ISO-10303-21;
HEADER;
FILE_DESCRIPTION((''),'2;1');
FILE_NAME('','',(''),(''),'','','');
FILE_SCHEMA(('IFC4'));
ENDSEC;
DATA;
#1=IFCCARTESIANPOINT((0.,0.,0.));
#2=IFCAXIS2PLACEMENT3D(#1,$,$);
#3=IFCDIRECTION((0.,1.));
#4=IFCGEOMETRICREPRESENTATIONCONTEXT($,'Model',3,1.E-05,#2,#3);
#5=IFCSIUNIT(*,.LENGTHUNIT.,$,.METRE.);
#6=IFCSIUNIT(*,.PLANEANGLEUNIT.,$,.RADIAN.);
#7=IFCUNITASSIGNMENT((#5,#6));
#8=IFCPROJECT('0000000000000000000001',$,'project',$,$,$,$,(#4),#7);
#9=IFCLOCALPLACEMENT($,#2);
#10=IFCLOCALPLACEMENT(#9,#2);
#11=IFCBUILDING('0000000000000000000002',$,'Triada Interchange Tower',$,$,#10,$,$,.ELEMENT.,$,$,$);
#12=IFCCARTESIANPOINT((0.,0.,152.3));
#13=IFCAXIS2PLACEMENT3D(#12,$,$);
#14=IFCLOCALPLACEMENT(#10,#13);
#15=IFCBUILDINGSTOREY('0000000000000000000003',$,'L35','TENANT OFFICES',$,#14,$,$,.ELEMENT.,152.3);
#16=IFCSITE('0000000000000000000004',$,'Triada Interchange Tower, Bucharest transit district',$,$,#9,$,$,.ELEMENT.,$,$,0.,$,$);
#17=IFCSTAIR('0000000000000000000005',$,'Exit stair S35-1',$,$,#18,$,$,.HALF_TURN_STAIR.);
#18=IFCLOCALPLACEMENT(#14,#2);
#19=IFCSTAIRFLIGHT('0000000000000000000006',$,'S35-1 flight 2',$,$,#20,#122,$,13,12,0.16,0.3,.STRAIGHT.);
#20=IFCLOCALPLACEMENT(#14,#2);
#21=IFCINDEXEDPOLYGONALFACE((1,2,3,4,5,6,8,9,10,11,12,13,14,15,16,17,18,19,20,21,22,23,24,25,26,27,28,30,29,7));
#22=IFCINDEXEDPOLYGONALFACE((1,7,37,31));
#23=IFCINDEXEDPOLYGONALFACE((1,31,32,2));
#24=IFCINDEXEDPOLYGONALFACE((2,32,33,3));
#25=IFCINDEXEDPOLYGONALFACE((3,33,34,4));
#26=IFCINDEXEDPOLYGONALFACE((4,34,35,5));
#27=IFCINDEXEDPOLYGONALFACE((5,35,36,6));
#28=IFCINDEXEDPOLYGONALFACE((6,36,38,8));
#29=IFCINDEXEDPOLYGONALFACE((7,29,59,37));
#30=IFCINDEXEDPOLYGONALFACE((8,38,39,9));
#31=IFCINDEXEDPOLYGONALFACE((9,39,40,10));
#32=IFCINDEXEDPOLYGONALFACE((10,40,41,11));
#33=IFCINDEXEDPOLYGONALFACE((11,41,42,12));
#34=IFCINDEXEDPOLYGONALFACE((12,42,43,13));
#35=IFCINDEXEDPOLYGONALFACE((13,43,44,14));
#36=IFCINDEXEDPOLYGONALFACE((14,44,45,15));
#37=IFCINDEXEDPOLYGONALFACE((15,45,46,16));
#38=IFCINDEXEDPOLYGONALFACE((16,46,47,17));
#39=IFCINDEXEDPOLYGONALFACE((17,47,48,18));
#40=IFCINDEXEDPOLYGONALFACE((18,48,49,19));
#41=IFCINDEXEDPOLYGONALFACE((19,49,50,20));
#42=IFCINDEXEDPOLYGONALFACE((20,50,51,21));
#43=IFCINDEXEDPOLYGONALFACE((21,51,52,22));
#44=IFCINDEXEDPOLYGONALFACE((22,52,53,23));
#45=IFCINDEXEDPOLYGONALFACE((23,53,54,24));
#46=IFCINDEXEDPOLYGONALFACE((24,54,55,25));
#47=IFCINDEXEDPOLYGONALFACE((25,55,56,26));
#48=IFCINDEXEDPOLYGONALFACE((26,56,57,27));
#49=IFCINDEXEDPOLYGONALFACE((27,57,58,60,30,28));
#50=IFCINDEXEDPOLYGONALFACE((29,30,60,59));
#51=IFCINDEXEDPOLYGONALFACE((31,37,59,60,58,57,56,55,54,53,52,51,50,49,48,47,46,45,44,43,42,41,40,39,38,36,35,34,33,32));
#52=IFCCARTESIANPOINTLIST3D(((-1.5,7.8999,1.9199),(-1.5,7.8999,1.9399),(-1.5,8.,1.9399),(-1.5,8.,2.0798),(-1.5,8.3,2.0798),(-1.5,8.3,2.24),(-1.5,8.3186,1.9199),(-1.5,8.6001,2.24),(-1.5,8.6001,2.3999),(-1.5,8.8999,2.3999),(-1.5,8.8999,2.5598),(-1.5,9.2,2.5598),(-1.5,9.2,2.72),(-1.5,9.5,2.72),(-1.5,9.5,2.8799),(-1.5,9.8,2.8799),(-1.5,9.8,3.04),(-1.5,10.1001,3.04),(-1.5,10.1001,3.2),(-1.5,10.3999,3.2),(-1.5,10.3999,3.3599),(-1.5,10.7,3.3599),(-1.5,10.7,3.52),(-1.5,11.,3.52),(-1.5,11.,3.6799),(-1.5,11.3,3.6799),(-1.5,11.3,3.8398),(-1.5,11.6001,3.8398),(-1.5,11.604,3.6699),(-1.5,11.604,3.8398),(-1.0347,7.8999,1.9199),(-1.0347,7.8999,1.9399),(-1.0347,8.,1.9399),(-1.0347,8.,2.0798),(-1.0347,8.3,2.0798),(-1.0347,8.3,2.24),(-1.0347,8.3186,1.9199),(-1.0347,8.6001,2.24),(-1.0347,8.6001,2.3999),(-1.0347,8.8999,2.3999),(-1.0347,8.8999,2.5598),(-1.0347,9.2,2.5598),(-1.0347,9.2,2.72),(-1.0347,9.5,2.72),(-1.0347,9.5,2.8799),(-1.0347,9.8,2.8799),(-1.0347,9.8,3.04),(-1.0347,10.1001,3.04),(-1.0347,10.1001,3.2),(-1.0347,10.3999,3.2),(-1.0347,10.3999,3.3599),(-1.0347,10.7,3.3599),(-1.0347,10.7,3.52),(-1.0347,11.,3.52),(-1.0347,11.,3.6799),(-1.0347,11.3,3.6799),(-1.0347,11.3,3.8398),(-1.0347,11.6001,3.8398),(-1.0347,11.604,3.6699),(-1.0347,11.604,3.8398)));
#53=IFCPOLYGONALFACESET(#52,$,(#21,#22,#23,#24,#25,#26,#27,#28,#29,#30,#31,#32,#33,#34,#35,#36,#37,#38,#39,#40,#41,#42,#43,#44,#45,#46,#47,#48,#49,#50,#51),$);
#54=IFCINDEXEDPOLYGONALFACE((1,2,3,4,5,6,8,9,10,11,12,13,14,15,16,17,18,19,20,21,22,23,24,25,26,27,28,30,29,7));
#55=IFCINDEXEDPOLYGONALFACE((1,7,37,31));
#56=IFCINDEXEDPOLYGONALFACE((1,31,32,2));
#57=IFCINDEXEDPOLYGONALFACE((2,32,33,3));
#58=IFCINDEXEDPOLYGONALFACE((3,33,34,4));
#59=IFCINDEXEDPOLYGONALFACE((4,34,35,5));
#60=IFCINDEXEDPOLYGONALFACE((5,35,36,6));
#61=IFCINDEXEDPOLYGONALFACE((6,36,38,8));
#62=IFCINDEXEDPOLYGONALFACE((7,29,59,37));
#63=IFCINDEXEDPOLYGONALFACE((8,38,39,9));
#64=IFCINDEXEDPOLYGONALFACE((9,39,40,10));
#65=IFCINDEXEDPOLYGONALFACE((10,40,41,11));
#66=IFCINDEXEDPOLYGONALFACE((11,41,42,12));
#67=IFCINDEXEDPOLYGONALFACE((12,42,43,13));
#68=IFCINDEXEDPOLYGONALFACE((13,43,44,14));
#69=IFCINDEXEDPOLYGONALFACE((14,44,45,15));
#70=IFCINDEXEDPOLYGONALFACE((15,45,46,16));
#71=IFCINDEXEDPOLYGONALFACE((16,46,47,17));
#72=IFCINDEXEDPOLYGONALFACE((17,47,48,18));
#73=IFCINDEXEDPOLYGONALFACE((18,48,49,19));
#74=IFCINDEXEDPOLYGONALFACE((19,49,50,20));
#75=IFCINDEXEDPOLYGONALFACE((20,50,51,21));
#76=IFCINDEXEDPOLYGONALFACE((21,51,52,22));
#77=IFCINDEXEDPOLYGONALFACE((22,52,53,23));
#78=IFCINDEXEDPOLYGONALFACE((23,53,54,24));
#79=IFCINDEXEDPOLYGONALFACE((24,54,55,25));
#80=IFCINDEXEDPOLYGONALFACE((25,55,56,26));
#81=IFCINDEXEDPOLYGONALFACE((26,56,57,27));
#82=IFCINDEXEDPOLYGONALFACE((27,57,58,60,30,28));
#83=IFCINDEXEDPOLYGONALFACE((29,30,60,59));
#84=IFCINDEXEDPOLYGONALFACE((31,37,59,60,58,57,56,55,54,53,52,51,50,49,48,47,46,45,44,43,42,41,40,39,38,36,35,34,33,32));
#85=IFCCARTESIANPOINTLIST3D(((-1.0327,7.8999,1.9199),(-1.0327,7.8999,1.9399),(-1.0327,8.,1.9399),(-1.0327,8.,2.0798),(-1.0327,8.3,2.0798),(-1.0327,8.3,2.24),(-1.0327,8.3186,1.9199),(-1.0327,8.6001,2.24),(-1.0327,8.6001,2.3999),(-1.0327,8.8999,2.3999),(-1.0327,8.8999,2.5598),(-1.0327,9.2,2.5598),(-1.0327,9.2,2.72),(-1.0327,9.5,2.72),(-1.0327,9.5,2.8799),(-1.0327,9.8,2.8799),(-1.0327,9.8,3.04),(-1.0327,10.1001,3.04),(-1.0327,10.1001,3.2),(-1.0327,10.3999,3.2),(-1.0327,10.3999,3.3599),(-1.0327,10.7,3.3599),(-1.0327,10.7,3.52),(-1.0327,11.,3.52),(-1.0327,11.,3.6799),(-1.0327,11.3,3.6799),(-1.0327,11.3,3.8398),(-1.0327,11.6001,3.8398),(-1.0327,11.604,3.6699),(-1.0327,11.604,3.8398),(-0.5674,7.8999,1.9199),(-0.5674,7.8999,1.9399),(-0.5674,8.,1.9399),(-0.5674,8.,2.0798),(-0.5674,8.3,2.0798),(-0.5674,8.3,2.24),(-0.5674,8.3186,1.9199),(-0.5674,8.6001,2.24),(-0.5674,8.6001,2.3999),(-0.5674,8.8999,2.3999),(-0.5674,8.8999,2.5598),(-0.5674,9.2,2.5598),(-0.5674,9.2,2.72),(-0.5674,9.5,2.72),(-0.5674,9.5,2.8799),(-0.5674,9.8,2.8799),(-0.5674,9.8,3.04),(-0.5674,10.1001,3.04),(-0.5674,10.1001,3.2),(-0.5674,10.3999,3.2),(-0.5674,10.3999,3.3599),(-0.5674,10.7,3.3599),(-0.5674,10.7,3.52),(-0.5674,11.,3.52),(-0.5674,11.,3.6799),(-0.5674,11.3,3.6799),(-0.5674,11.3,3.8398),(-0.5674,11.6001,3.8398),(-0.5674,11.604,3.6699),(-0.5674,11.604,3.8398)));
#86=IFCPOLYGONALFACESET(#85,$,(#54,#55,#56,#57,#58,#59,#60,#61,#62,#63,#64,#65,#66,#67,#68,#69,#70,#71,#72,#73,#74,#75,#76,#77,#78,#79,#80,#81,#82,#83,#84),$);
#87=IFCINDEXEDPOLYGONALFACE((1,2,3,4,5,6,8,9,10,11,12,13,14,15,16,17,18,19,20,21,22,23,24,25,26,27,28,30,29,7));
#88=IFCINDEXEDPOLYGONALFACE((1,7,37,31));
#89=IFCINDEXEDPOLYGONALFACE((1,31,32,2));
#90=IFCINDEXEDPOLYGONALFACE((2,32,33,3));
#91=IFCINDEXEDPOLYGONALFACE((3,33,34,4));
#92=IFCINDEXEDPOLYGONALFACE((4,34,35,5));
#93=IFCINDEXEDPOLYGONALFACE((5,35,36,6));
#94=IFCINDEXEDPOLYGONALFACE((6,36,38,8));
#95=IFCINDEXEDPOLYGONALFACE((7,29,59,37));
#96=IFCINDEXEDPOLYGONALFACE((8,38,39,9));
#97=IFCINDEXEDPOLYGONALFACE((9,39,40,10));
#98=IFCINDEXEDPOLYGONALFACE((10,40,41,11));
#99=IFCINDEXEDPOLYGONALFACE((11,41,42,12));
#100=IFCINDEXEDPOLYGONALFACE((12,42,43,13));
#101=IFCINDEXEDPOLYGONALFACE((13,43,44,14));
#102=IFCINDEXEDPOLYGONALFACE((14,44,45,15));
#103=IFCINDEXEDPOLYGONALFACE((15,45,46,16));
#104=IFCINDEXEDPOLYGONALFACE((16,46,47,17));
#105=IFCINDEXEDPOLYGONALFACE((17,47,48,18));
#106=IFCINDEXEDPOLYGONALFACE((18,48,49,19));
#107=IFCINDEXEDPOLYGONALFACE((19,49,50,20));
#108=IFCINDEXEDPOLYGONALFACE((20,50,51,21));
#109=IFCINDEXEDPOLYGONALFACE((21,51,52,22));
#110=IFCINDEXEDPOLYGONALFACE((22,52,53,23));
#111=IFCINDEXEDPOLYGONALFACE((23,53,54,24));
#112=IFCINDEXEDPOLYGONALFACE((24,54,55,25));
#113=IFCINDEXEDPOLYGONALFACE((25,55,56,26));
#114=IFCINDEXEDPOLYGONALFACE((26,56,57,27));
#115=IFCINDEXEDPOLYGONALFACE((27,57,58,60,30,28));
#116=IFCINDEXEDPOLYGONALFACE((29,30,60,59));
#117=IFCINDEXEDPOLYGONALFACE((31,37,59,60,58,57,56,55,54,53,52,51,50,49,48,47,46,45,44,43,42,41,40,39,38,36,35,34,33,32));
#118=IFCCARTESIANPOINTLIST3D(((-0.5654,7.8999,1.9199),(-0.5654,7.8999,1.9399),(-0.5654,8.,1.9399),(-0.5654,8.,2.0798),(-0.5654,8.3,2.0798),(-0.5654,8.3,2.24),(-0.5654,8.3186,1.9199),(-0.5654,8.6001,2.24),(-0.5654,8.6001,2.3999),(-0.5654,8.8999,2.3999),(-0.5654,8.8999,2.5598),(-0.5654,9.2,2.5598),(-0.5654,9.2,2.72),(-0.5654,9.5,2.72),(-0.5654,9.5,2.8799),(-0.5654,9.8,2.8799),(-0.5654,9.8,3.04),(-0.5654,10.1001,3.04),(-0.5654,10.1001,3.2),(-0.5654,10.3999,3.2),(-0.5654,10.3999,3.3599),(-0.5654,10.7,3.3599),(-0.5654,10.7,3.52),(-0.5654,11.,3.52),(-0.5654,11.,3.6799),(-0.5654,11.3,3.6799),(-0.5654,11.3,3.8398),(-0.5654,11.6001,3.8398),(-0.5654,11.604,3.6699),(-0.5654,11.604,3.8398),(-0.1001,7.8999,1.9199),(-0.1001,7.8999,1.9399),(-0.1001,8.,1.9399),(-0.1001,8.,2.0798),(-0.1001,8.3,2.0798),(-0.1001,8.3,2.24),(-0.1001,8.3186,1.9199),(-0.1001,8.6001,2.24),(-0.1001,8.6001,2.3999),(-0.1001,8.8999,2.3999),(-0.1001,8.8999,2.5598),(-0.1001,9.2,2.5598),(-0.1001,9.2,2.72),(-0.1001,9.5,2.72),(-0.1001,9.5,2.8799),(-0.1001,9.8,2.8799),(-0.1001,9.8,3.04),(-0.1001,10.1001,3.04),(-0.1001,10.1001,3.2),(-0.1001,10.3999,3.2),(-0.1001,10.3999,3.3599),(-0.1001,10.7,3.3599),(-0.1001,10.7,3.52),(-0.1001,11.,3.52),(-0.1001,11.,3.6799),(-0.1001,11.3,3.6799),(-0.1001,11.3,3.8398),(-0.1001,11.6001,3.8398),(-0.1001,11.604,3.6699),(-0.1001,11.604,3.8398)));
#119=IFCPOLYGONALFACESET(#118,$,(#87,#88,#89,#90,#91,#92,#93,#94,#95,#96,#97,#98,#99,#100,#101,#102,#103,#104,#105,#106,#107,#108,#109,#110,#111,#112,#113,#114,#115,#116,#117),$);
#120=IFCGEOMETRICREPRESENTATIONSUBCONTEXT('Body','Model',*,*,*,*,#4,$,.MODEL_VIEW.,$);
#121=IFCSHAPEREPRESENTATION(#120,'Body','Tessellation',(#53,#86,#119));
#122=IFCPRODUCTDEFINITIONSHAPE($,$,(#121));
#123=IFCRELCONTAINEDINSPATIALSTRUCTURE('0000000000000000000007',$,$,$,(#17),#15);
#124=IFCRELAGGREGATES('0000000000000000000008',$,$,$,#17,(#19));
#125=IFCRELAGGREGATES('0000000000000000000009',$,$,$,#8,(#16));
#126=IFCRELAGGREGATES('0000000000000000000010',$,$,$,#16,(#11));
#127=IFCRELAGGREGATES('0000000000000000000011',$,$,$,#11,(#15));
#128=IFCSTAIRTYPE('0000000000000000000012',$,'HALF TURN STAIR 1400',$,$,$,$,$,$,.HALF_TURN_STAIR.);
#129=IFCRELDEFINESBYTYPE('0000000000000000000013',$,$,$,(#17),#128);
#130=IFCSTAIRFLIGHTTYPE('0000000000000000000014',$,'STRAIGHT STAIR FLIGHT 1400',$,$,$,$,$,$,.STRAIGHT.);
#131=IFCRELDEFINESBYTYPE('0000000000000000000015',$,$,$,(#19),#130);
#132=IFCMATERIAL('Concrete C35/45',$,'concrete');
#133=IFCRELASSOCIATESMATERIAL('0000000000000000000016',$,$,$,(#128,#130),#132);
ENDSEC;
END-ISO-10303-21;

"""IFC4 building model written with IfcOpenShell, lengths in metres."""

from ifc_helpers import new_model, si_unit, direction, frame, origin, place, context, subcontext, project, spatial, polyline, outline, extrude, material, type_object, element, aggregate, save


model = new_model("IFC4")

# Units and contexts
model_context = context("Model", 3, precision=1e-05, world=origin(), true_north=direction((0.0, 1.0)))
body_context = subcontext(model_context, "Body", "Model", "MODEL_VIEW")
ifc_project = project(units=[si_unit("LENGTHUNIT", "METRE"), si_unit("PLANEANGLEUNIT", "RADIAN")], contexts=[model_context])

# Site, building, storey
site_placement = place(None, origin())
site = spatial("IfcSite", under=ifc_project, at=site_placement, Name="Triada Interchange Tower, Bucharest transit district", CompositionType="ELEMENT", RefElevation=0.0)
building_placement = place(site_placement, origin())
building = spatial("IfcBuilding", under=site, at=building_placement, Name="Triada Interchange Tower", CompositionType="ELEMENT")
storey_placement = place(building_placement, frame((0.0, 0.0, 152.3)))
storey = spatial("IfcBuildingStorey", under=building, at=storey_placement, Name="L35", Description="TENANT OFFICES", CompositionType="ELEMENT", Elevation=152.3)

# Stair, stair flight
ifc_material_1 = material(Name="Concrete C35/45", Category="concrete")
stair_type = type_object("IfcStairType", Name="HALF TURN STAIR 1400", PredefinedType="HALF_TURN_STAIR", material=ifc_material_1)
stair_placement = place(storey_placement, origin())
stair = element("IfcStair", 1, at=stair_placement, inside=storey, type_object=stair_type, Name="Exit stair S35-1", PredefinedType="HALF_TURN_STAIR")
stair_flight_type = type_object("IfcStairFlightType", Name="STRAIGHT STAIR FLIGHT 1400", PredefinedType="STRAIGHT", material=ifc_material_1)
stair_flight_placement = place(storey_placement, frame((-0.8, 8.0, 1.9199), z_axis=(0.0, 0.0, 1.0), x_axis=(0.0, 1.0, 0.0)))
stair_flight = element("IfcStairFlight", 2, at=stair_flight_placement, type_object=stair_flight_type, Name="S35-1 flight 2", NumberOfRisers=13, NumberOfTreads=12, PredefinedType="STRAIGHT", RiserHeight=0.16, TreadLength=0.3, context=body_context, shape_type="SweptSolid", body=[
    extrude(outline(polyline([(-0.1001, 0.0), (-0.1001, 0.02), (0.0, 0.02), (0.0, 0.1599), (0.3, 0.1599), (0.3, 0.3201), (0.6001, 0.3201), (0.6001, 0.48), (0.8999, 0.48), (0.8999, 0.6399), (1.2, 0.6399), (1.2, 0.8), (1.5, 0.8), (1.5, 0.96), (1.8, 0.96), (1.8, 1.1201), (2.1001, 1.1201), (2.1001, 1.28), (2.3999, 1.28), (2.3999, 1.4399), (2.7, 1.4399), (2.7, 1.6001), (3.0, 1.6001), (3.0, 1.76), (3.3, 1.76), (3.3, 1.9199), (3.6001, 1.9199), (3.604, 1.9199), (3.604, 2.0801), (3.604, 1.75), (0.3186, 0.0), (-0.1001, 0.0)])), frame((0.0, 0.7, 0.0), z_axis=(0.0, -1.0, 0.0), x_axis=(1.0, 0.0, 0.0)), (0.0, 0.0, 1.0), 0.4653),
    extrude(outline(polyline([(-0.1001, 0.0), (-0.1001, 0.02), (0.0, 0.02), (0.0, 0.1599), (0.3, 0.1599), (0.3, 0.3201), (0.6001, 0.3201), (0.6001, 0.48), (0.8999, 0.48), (0.8999, 0.6399), (1.2, 0.6399), (1.2, 0.8), (1.5, 0.8), (1.5, 0.96), (1.8, 0.96), (1.8, 1.1201), (2.1001, 1.1201), (2.1001, 1.28), (2.3999, 1.28), (2.3999, 1.4399), (2.7, 1.4399), (2.7, 1.6001), (3.0, 1.6001), (3.0, 1.76), (3.3, 1.76), (3.3, 1.9199), (3.6001, 1.9199), (3.604, 1.9199), (3.604, 2.0801), (3.604, 1.75), (0.3186, 0.0), (-0.1001, 0.0)])), frame((0.0, 0.2327, 0.0), z_axis=(0.0, -1.0, 0.0), x_axis=(1.0, 0.0, 0.0)), (0.0, 0.0, 1.0), 0.4653),
    extrude(outline(polyline([(-0.1001, 0.0), (-0.1001, 0.02), (0.0, 0.02), (0.0, 0.1599), (0.3, 0.1599), (0.3, 0.3201), (0.6001, 0.3201), (0.6001, 0.48), (0.8999, 0.48), (0.8999, 0.6399), (1.2, 0.6399), (1.2, 0.8), (1.5, 0.8), (1.5, 0.96), (1.8, 0.96), (1.8, 1.1201), (2.1001, 1.1201), (2.1001, 1.28), (2.3999, 1.28), (2.3999, 1.4399), (2.7, 1.4399), (2.7, 1.6001), (3.0, 1.6001), (3.0, 1.76), (3.3, 1.76), (3.3, 1.9199), (3.6001, 1.9199), (3.604, 1.9199), (3.604, 2.0801), (3.604, 1.75), (0.3186, 0.0), (-0.1001, 0.0)])), frame((0.0, -0.2346, 0.0), z_axis=(0.0, -1.0, 0.0), x_axis=(1.0, 0.0, 0.0)), (0.0, 0.0, 1.0), 0.4653),
])
aggregate(stair, [stair_flight])

save(model, "model.ifc")
